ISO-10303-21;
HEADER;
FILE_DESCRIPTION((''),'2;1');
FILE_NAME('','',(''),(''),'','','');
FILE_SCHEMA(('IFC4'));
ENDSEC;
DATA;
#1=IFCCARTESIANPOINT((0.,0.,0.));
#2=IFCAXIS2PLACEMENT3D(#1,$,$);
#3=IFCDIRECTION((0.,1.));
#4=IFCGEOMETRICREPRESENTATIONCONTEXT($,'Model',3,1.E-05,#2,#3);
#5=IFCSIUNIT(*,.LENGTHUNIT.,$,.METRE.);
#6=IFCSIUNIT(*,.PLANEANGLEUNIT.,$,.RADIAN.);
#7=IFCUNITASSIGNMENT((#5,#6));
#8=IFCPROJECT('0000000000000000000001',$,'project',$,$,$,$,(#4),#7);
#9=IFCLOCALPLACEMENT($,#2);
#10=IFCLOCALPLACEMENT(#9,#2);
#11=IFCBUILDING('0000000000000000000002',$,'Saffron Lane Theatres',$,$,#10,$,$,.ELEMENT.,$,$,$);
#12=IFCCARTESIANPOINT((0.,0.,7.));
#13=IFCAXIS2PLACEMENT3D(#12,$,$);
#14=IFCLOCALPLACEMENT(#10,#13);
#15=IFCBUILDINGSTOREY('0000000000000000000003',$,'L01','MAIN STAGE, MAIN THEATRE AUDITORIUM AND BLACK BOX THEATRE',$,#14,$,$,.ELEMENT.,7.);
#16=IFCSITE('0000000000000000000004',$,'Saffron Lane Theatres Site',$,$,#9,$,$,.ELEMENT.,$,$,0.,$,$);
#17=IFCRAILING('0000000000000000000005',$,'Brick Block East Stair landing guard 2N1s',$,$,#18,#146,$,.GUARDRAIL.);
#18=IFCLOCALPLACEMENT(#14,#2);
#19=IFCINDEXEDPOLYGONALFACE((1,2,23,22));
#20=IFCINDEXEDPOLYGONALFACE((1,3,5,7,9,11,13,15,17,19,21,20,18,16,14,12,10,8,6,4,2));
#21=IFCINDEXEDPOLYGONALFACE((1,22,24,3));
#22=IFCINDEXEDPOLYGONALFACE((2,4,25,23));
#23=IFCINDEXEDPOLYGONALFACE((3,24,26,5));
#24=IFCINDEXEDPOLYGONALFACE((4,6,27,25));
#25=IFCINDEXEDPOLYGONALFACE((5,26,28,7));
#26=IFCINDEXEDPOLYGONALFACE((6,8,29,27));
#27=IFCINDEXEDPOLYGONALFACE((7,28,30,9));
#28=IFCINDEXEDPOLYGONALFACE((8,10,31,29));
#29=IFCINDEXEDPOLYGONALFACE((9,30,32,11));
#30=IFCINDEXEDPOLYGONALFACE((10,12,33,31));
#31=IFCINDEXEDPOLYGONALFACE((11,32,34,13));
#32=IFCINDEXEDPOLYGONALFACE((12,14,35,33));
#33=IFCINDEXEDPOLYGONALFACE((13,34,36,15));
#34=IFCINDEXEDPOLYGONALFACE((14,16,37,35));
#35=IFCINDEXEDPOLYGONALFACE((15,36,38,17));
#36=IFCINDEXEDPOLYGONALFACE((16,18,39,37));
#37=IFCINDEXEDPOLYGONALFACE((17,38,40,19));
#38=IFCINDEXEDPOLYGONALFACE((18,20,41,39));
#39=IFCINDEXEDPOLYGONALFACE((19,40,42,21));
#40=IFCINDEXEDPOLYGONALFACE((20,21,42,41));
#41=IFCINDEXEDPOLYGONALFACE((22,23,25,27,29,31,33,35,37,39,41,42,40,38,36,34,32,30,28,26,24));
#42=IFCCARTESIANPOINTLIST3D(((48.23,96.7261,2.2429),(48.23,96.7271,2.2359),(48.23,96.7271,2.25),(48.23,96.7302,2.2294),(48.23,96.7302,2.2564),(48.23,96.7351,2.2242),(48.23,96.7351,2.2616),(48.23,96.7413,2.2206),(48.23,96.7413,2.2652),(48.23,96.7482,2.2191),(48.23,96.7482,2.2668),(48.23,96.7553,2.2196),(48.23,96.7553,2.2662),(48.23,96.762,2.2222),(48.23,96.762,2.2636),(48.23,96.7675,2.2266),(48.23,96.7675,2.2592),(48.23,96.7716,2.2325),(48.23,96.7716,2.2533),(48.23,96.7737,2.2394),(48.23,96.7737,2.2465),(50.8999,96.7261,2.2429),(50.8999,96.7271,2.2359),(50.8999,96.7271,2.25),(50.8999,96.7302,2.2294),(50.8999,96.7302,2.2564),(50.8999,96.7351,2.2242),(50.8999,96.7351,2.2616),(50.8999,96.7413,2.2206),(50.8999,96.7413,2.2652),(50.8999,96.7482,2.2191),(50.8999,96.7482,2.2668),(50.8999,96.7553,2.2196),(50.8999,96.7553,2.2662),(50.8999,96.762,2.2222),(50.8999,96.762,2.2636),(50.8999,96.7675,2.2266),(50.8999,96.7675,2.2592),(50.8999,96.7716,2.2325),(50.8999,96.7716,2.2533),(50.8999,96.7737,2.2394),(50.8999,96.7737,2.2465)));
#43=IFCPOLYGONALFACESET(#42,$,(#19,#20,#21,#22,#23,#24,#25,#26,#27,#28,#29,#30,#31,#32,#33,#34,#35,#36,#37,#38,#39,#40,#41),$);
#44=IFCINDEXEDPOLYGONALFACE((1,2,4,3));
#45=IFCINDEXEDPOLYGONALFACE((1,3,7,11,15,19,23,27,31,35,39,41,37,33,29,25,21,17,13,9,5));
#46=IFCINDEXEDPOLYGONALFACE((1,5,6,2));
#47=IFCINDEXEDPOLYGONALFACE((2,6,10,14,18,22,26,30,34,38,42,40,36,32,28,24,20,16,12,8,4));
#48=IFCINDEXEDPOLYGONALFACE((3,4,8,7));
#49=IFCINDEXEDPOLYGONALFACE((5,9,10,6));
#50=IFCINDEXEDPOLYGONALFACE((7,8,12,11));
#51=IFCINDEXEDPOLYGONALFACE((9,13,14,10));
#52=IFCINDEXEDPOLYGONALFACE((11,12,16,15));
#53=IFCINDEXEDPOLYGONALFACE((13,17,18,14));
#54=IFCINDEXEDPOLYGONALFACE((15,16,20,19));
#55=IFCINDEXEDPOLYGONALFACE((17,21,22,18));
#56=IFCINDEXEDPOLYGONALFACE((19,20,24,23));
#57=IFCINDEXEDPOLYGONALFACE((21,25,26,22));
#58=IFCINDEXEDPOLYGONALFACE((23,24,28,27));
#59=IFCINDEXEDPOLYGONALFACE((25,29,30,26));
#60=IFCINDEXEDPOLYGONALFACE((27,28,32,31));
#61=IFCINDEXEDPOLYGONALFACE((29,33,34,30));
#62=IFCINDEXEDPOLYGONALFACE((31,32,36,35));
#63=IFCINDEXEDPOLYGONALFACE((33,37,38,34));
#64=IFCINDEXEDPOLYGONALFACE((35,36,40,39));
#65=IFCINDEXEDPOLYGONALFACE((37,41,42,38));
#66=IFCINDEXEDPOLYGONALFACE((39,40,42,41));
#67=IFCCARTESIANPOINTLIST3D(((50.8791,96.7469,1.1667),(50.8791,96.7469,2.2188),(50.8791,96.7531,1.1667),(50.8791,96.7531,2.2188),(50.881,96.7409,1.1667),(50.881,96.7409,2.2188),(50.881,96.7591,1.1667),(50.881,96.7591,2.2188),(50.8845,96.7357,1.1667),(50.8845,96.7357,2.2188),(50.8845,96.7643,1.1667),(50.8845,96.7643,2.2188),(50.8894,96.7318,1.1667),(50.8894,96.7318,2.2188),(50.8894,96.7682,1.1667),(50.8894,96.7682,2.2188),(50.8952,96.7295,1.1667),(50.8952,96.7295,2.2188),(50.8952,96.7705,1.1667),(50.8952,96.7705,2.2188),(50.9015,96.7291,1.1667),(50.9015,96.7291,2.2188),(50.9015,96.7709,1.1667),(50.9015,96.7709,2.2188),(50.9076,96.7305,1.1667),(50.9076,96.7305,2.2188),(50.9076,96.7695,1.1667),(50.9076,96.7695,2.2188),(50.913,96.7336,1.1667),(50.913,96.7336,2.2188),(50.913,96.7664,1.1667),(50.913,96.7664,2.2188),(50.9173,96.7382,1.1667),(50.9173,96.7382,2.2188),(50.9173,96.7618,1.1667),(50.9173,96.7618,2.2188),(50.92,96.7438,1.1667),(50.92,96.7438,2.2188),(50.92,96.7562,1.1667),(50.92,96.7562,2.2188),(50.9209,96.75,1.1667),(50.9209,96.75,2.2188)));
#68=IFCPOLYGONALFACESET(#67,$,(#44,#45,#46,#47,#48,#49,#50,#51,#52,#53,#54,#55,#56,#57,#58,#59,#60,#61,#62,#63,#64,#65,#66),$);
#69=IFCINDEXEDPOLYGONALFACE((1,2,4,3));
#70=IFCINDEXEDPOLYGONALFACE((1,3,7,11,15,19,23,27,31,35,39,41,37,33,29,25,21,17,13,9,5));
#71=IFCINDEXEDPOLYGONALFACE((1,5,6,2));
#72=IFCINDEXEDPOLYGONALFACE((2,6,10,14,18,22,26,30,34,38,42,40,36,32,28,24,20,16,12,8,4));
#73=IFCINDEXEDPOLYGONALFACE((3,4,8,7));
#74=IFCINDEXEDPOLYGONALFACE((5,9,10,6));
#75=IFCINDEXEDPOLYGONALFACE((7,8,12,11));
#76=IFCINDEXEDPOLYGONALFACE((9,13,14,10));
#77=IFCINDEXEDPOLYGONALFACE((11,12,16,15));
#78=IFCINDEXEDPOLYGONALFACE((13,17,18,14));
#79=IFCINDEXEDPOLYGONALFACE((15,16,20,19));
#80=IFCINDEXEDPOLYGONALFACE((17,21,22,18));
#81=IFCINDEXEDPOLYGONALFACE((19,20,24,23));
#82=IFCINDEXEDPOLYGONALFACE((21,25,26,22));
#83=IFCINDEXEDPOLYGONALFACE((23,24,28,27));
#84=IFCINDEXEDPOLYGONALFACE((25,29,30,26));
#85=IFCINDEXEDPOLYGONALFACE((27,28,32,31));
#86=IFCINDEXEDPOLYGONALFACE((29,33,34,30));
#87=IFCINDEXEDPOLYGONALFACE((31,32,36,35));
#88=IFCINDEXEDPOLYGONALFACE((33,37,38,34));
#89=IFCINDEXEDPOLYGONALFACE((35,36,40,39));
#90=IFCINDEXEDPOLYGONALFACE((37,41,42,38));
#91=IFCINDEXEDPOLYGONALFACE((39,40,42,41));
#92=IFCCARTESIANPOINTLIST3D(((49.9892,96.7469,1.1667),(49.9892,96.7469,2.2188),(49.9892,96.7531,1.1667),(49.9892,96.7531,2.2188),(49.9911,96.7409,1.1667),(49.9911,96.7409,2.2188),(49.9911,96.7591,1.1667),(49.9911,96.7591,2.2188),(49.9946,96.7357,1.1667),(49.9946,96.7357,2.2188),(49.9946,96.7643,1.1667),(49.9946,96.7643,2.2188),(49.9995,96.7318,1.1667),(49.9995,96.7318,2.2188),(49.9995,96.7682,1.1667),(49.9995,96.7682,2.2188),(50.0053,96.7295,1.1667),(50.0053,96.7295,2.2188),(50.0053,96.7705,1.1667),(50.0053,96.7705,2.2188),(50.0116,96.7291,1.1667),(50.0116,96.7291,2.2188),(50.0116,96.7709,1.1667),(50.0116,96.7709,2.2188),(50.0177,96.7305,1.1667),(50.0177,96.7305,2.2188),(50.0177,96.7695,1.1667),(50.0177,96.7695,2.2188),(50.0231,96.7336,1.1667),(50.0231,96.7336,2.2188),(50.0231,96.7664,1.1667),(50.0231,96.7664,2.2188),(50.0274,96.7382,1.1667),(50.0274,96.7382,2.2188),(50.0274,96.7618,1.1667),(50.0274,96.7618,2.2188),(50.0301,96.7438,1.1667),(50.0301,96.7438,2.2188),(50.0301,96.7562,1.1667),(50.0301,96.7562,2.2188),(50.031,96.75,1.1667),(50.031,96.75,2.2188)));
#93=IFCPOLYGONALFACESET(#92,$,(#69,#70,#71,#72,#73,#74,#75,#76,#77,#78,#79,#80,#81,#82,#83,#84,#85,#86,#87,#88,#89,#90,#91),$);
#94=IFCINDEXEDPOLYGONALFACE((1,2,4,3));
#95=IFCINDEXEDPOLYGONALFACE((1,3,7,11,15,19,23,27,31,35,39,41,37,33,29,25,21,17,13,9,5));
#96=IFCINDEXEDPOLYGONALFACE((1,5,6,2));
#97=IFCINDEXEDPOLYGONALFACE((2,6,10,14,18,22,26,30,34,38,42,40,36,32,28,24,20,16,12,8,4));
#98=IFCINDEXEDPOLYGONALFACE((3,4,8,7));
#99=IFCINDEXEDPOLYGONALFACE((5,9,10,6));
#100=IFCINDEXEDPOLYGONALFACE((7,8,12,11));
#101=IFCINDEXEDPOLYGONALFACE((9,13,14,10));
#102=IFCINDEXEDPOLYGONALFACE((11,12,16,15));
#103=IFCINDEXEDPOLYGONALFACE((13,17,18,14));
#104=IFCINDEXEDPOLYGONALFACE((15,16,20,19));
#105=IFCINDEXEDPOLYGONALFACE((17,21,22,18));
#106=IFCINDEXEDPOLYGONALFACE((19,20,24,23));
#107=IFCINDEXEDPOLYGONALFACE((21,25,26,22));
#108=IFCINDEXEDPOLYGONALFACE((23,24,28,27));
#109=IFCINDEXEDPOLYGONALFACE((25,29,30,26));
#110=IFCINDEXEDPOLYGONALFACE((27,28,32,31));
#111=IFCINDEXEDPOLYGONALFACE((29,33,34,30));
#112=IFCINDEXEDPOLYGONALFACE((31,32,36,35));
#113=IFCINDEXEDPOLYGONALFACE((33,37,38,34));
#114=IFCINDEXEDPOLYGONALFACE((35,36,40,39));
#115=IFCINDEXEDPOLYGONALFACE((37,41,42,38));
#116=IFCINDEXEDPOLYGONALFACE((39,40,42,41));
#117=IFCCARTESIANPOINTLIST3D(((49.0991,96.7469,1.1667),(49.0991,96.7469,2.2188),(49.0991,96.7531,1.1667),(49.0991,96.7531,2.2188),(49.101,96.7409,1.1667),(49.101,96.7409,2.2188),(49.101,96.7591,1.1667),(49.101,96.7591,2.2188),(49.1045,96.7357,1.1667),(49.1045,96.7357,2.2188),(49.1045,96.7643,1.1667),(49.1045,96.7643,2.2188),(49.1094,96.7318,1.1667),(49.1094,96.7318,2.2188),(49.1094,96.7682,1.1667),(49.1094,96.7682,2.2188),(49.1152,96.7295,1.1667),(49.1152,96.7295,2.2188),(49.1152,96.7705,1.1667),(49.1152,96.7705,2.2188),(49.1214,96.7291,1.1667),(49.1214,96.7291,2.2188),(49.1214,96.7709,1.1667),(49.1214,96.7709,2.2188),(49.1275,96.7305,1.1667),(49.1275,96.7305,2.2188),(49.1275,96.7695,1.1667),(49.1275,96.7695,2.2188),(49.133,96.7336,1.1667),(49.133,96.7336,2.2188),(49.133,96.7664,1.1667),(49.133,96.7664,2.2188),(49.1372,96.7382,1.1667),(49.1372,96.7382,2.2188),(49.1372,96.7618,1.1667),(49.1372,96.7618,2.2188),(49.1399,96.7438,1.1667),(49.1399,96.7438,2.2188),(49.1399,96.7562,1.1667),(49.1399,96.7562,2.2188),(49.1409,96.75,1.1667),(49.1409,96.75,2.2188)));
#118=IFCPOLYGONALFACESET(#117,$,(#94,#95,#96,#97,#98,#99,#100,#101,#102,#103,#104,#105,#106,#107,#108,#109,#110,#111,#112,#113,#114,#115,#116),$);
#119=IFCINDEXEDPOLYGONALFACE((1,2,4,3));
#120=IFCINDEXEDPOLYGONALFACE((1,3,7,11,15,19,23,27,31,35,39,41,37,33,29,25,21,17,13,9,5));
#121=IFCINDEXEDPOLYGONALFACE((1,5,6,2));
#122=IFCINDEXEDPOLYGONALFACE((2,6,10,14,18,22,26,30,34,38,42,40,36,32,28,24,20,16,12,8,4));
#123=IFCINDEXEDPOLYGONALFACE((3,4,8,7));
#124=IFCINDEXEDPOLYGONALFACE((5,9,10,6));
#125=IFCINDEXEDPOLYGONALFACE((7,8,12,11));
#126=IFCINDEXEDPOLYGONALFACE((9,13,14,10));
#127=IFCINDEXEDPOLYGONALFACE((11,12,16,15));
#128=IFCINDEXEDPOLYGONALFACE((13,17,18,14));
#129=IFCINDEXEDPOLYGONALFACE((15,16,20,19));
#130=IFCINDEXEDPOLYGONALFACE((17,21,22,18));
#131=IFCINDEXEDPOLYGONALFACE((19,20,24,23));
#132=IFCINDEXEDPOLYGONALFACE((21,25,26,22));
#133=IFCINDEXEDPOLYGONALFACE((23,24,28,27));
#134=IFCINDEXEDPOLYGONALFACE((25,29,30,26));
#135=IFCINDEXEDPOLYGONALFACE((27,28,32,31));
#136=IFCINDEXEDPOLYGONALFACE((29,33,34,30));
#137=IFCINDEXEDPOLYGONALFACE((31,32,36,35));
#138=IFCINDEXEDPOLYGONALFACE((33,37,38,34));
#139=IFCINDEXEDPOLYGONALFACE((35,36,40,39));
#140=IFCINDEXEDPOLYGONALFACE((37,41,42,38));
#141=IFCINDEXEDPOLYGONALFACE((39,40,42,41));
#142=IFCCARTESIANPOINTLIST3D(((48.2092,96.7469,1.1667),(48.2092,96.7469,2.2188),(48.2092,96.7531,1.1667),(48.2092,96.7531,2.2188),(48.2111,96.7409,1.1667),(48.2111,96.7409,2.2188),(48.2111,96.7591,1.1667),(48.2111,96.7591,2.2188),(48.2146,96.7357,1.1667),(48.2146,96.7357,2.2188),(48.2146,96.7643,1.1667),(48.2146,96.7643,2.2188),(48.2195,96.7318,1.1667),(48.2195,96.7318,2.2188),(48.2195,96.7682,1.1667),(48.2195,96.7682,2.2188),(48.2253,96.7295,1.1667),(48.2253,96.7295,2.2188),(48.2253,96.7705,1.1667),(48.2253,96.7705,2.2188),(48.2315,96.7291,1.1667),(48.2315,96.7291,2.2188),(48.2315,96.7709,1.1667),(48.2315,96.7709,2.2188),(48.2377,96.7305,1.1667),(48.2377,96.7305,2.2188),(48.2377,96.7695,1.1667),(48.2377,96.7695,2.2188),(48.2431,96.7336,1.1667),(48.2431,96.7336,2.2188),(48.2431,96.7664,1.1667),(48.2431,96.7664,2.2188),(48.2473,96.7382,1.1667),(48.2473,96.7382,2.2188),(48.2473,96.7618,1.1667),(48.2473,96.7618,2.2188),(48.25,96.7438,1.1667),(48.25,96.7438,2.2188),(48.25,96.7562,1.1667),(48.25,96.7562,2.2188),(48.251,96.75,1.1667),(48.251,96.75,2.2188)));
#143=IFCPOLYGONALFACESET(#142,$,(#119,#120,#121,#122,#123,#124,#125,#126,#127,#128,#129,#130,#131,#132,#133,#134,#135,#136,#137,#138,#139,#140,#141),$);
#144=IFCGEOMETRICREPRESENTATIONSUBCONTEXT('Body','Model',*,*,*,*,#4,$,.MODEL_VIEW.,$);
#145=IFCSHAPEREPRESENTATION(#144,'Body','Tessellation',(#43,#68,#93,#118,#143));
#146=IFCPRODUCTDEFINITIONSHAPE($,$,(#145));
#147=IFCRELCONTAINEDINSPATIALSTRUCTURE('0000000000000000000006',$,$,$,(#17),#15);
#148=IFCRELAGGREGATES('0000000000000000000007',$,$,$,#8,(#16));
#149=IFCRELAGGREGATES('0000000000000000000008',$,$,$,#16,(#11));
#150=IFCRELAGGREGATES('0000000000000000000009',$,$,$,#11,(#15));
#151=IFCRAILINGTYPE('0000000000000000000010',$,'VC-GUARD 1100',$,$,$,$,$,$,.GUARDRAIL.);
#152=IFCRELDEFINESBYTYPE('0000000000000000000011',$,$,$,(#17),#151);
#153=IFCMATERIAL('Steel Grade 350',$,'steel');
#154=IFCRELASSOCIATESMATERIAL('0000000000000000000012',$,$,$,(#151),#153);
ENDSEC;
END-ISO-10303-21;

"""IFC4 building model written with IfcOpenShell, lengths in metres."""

from ifc_helpers import new_model, si_unit, direction, frame, origin, origin_2d, place, context, subcontext, project, spatial, circle, extrude, material, type_object, element, save


model = new_model("IFC4")

# Units and contexts
model_context = context("Model", 3, precision=1e-05, world=origin(), true_north=direction((0.0, 1.0)))
body_context = subcontext(model_context, "Body", "Model", "MODEL_VIEW")
ifc_project = project(units=[si_unit("LENGTHUNIT", "METRE"), si_unit("PLANEANGLEUNIT", "RADIAN")], contexts=[model_context])

# Site, building, storey
site_placement = place(None, origin())
site = spatial("IfcSite", under=ifc_project, at=site_placement, Name="Saffron Lane Theatres Site", CompositionType="ELEMENT", RefElevation=0.0)
building_placement = place(site_placement, origin())
building = spatial("IfcBuilding", under=site, at=building_placement, Name="Saffron Lane Theatres", CompositionType="ELEMENT")
storey_placement = place(building_placement, frame((0.0, 0.0, 7.0)))
storey = spatial("IfcBuildingStorey", under=building, at=storey_placement, Name="L01", Description="MAIN STAGE, MAIN THEATRE AUDITORIUM AND BLACK BOX THEATRE", CompositionType="ELEMENT", Elevation=7.0)

# Railing
ifc_material_1 = material(Name="Steel Grade 350", Category="steel")
railing_type_1 = type_object("IfcRailingType", Name="VC-GUARD 1100", PredefinedType="GUARDRAIL", material=ifc_material_1)
railing_1_placement = place(storey_placement, frame((50.8999, 96.75, 1.1667)))
element("IfcRailing", 1, at=railing_1_placement, inside=storey, type_object=railing_type_1, Name="Brick Block East Stair landing guard 2N1s", PredefinedType="GUARDRAIL", context=body_context, shape_type="SweptSolid", body=[
    extrude(circle(Radius=0.0239, at=origin_2d()), frame((0.0, 0.0, 1.0762), z_axis=(-1.0, 0.0, 0.0), x_axis=(0.0, -1.0, 0.0)), (0.0, 0.0, 1.0), 2.6699),
    extrude(circle(Radius=0.021, at=origin_2d()), origin(), (0.0, 0.0, 1.0), 1.052),
    extrude(circle(Radius=0.021, at=origin_2d()), frame((-0.8899, 0.0, 0.0)), (0.0, 0.0, 1.0), 1.052),
    extrude(circle(Radius=0.021, at=origin_2d()), frame((-1.78, 0.0, 0.0)), (0.0, 0.0, 1.0), 1.052),
    extrude(circle(Radius=0.021, at=origin_2d()), frame((-2.6699, 0.0, 0.0)), (0.0, 0.0, 1.0), 1.052),
])

save(model, "model.ifc")
